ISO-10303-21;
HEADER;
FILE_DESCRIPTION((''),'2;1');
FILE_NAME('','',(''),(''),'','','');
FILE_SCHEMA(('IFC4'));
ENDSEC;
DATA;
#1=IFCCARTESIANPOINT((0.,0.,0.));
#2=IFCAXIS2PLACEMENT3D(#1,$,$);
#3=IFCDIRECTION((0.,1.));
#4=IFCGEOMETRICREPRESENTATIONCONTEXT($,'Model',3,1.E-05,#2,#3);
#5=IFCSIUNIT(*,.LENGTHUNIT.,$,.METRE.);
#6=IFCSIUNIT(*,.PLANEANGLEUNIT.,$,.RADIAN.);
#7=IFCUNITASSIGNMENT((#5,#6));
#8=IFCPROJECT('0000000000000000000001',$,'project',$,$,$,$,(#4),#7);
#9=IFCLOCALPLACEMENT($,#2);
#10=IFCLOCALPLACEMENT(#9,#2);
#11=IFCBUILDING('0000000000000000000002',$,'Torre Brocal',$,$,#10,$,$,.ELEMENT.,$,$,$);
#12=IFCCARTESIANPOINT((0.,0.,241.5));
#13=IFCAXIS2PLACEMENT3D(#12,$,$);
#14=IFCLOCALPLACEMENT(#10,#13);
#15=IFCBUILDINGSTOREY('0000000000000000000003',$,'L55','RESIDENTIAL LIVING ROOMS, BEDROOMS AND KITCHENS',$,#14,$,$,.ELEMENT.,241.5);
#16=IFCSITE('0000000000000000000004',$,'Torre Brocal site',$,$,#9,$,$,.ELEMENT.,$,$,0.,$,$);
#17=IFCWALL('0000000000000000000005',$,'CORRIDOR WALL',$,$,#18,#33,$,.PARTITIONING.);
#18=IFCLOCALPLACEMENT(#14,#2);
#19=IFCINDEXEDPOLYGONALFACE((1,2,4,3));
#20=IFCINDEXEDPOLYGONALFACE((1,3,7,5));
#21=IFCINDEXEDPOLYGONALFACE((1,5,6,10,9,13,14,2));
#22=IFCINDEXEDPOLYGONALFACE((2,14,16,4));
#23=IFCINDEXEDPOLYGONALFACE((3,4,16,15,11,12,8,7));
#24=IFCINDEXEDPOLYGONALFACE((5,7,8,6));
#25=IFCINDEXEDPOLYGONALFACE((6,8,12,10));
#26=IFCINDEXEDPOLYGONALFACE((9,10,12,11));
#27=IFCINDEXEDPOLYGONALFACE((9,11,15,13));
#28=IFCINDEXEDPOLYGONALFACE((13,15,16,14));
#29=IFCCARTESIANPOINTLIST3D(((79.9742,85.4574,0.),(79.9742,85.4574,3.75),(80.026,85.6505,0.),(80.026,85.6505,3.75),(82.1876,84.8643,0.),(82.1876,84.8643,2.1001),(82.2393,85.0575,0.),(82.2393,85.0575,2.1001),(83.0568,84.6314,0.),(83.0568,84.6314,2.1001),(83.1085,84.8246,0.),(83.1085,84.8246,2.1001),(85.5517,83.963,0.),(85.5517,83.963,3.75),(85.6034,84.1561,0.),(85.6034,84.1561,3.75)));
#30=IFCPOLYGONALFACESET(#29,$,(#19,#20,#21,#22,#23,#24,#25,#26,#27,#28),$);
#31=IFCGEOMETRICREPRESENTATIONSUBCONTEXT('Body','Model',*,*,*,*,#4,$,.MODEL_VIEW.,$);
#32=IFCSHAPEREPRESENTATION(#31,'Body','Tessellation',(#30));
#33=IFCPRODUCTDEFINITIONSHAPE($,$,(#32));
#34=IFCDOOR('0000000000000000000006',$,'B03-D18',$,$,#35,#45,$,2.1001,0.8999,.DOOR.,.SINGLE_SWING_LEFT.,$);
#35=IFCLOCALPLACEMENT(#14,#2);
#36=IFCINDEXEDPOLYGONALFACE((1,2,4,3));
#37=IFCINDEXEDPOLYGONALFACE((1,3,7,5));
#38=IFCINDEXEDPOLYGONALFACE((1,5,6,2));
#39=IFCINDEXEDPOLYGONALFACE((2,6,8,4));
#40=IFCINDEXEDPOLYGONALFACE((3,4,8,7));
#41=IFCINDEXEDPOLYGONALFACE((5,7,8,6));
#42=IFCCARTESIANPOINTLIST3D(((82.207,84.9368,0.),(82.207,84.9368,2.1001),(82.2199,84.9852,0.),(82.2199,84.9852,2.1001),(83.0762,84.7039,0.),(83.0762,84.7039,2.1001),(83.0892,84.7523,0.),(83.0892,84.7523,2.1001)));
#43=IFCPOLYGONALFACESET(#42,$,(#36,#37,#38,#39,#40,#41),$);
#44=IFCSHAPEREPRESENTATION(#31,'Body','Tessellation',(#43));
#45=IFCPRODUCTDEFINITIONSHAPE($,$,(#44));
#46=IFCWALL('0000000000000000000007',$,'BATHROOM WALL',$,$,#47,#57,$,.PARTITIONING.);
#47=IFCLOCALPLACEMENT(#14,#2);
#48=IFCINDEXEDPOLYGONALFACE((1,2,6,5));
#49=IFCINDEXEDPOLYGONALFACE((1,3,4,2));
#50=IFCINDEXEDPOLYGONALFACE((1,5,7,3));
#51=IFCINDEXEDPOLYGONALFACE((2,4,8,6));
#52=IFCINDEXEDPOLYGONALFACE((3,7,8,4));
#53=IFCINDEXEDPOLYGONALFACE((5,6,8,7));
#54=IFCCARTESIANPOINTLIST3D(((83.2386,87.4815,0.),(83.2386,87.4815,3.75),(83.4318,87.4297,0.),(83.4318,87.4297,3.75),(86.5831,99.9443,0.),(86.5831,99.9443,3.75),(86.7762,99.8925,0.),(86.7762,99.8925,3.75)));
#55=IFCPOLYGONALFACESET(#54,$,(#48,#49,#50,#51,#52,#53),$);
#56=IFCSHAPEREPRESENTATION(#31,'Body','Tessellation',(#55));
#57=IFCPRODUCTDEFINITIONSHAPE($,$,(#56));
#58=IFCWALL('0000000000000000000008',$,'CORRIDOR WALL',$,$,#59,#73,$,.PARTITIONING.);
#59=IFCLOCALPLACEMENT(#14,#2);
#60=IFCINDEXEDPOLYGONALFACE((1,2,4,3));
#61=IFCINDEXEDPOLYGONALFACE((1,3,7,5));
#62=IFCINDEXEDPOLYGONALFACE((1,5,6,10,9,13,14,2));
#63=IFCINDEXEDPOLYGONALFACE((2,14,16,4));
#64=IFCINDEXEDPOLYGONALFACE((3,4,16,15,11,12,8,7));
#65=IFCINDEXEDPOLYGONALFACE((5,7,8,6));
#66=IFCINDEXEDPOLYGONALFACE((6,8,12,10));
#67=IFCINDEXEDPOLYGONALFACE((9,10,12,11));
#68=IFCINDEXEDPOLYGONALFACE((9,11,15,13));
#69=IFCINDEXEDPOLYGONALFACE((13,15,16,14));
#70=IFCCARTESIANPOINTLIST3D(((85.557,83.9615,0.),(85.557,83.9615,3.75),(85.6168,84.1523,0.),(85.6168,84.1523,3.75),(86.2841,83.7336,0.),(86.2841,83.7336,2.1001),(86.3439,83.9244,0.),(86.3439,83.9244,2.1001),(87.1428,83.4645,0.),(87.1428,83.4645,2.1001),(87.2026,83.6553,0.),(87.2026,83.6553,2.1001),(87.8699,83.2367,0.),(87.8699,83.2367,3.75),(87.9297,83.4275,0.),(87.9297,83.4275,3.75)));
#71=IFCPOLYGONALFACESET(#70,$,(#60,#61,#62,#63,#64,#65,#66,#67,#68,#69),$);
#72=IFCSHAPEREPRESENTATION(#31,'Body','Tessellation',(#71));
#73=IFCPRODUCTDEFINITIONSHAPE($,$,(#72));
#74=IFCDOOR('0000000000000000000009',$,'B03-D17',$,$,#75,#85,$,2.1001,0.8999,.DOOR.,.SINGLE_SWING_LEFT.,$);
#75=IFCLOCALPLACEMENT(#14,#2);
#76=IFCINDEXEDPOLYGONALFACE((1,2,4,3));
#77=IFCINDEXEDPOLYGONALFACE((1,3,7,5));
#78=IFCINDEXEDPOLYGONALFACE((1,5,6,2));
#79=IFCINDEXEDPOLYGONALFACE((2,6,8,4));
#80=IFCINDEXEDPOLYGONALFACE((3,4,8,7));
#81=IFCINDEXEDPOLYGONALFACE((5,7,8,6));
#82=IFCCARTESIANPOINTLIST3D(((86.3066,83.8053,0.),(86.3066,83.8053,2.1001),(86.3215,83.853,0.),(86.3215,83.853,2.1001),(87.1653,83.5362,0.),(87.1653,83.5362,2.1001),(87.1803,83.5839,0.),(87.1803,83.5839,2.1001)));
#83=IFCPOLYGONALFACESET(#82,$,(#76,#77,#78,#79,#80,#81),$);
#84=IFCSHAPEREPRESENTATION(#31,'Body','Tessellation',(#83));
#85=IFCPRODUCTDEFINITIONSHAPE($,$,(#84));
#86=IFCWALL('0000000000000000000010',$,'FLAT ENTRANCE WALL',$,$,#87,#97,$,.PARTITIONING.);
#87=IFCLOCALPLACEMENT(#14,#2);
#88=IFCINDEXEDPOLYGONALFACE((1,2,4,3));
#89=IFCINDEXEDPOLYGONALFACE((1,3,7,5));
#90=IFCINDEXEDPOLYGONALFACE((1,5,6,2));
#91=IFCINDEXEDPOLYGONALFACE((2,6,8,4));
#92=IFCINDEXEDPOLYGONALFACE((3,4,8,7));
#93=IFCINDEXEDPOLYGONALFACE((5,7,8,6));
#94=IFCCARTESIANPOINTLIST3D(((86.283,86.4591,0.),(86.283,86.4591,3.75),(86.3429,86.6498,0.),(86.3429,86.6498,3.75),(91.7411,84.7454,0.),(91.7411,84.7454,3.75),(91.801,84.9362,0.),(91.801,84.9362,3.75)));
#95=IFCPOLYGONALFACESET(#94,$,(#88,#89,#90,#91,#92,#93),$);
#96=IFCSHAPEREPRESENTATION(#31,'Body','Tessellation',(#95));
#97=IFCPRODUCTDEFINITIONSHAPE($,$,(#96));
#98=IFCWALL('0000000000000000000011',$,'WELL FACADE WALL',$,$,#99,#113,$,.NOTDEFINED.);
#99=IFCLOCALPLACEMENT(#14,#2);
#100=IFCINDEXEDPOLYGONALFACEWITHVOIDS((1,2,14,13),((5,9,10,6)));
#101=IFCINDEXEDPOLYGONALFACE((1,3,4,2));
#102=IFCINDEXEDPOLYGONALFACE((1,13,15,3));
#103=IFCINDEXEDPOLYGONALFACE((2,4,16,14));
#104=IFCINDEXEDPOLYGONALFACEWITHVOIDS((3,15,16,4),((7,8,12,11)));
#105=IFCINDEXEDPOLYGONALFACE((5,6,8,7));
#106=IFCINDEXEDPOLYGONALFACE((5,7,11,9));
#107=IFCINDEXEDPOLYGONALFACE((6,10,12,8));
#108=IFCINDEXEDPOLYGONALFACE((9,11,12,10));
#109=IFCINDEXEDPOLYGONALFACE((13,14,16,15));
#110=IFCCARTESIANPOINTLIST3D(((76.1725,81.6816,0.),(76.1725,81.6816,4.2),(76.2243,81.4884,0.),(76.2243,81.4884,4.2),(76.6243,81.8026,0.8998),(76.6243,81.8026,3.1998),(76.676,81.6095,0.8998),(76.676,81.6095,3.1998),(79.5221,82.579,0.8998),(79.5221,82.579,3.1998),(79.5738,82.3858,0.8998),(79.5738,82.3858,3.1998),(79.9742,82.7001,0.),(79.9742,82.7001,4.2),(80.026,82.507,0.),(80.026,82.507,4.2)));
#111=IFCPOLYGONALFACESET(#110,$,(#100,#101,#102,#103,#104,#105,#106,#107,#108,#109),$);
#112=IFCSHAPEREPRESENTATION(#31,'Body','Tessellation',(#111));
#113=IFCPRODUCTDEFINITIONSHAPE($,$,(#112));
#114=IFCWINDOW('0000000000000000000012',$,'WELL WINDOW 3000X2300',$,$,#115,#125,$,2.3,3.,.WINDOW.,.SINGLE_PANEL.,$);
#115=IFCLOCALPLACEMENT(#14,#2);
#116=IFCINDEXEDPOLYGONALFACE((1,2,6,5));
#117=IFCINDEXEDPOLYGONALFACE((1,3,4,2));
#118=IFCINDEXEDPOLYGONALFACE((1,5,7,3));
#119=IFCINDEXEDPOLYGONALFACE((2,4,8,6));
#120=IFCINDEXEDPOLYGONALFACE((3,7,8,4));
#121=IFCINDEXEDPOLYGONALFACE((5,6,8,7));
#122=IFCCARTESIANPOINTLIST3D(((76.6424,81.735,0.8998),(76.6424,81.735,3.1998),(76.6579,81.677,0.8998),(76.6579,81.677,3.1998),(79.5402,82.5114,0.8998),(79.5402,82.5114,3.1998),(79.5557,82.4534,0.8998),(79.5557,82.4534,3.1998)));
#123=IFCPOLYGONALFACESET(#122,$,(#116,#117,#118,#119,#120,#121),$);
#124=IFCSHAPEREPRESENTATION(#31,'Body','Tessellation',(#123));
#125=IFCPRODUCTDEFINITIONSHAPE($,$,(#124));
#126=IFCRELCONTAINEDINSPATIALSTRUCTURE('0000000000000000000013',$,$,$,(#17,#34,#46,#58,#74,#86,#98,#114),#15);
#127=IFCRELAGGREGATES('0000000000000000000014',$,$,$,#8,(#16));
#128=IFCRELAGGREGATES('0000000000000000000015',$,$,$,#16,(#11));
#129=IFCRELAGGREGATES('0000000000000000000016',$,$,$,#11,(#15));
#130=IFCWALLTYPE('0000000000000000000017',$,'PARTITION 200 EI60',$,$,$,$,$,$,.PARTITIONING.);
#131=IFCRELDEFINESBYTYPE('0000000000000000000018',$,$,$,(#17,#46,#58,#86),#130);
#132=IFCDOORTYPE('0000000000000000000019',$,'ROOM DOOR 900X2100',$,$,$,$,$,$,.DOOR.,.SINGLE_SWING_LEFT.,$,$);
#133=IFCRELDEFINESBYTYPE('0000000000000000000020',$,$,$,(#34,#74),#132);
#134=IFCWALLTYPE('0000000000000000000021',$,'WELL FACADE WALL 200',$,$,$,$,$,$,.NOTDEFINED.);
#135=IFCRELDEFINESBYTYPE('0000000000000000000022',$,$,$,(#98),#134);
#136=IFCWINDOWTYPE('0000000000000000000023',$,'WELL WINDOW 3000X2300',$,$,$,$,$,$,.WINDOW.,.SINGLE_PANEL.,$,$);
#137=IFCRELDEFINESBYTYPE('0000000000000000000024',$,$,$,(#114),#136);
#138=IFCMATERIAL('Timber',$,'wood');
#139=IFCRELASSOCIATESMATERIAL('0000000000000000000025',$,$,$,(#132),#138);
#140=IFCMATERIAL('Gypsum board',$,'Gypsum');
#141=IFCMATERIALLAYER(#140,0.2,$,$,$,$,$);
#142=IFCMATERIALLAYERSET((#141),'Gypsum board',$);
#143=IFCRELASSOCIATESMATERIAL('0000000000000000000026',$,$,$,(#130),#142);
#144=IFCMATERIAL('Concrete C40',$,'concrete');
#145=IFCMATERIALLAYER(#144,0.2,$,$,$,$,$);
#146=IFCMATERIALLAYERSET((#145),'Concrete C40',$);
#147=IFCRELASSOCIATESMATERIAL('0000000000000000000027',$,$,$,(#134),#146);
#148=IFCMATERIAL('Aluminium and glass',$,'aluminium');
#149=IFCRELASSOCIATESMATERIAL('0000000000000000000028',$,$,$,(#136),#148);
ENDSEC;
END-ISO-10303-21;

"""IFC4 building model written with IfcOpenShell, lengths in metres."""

from ifc_helpers import new_model, si_unit, direction, frame, frame_2d, origin, place, context, subcontext, project, spatial, rectangle, extrude, material, layer, layer_set, type_object, element, fill, save


model = new_model("IFC4")

# Units and contexts
model_context = context("Model", 3, precision=1e-05, world=origin(), true_north=direction((0.0, 1.0)))
body_context = subcontext(model_context, "Body", "Model", "MODEL_VIEW")
ifc_project = project(units=[si_unit("LENGTHUNIT", "METRE"), si_unit("PLANEANGLEUNIT", "RADIAN")], contexts=[model_context])

# Site, building, storey
site_placement = place(None, origin())
site = spatial("IfcSite", under=ifc_project, at=site_placement, Name="Torre Brocal site", CompositionType="ELEMENT", RefElevation=0.0)
building_placement = place(site_placement, origin())
building = spatial("IfcBuilding", under=site, at=building_placement, Name="Torre Brocal", CompositionType="ELEMENT")
storey_placement = place(building_placement, frame((0.0, 0.0, 241.5)))
storey = spatial("IfcBuildingStorey", under=building, at=storey_placement, Name="L55", Description="RESIDENTIAL LIVING ROOMS, BEDROOMS AND KITCHENS", CompositionType="ELEMENT", Elevation=241.5)

# Shared definitions
ifc_material_1 = material(Name="Timber", Category="wood")
door_type_1 = type_object("IfcDoorType", Name="ROOM DOOR 900X2100", OperationType="SINGLE_SWING_LEFT", PredefinedType="DOOR", material=ifc_material_1)

# Shared definitions
ifc_material_2 = material(Name="Gypsum board", Category="Gypsum")
ifc_layer_1 = layer(ifc_material_2, 0.2)
ifc_layer_set_1 = layer_set([ifc_layer_1], Name="Gypsum board")
wall_type_1 = type_object("IfcWallType", Name="PARTITION 200 EI60", PredefinedType="PARTITIONING", material=ifc_layer_set_1)

# Wall, opening, door
wall_1_placement = place(storey_placement, frame((80.0, 85.554, 0.0), z_axis=(0.0, 0.0, 1.0), x_axis=(0.965929, -0.258807, 0.0)))
wall_1 = element("IfcWall", 1, at=wall_1_placement, inside=storey, type_object=wall_type_1, Name="CORRIDOR WALL", PredefinedType="PARTITIONING", context=body_context, shape_type="SweptSolid", body=[
    extrude(rectangle(XDim=5.7742, YDim=0.2, at=frame_2d((2.8872, 0.0))), origin(), (0.0, 0.0, 1.0), 3.75),
])
opening_1_placement = place(wall_1_placement, frame((2.2915, 0.0, 0.0)))
opening_1 = element("IfcOpeningElement", 2, at=opening_1_placement, cuts=wall_1, PredefinedType="OPENING", context=body_context, shape_type="SweptSolid", body=[
    extrude(rectangle(XDim=0.8999, YDim=2.1001, at=frame_2d((0.45, 1.05))), frame((0.0, 0.1099, 0.0), z_axis=(0.0, -1.0, 0.0), x_axis=(1.0, 0.0, 0.0)), (0.0, 0.0, 1.0), 0.22),
])
door_1_placement = place(opening_1_placement, frame((0.8999, 0.0, 0.0), z_axis=(0.0, 0.0, 1.0), x_axis=(-1.0, 0.0, 0.0)))
door_1 = element("IfcDoor", 3, at=door_1_placement, inside=storey, type_object=door_type_1, Name="B03-D18", OperationType="SINGLE_SWING_LEFT", OverallHeight=2.1001, OverallWidth=0.8999, PredefinedType="DOOR", context=body_context, shape_type="SweptSolid", body=[
    extrude(rectangle(XDim=0.8999, YDim=2.1001, at=frame_2d((0.45, 1.05))), frame((0.0, 0.0249, 0.0), z_axis=(0.0, -1.0, 0.0), x_axis=(1.0, 0.0, 0.0)), (0.0, 0.0, 1.0), 0.05),
])
fill(opening_1, door_1)

# Wall
wall_2_placement = place(storey_placement, frame((83.3352, 87.4556, 0.0), z_axis=(0.0, 0.0, 1.0), x_axis=(0.259185, 0.965828, 0.0)))
element("IfcWall", 4, at=wall_2_placement, inside=storey, type_object=wall_type_1, Name="BATHROOM WALL", PredefinedType="PARTITIONING", context=body_context, shape_type="SweptSolid", body=[
    extrude(rectangle(XDim=12.9038, YDim=0.2, at=frame_2d((6.4519, 0.0))), origin(), (0.0, 0.0, 1.0), 3.75),
])

# Wall, opening, door
wall_3_placement = place(storey_placement, frame((85.5869, 84.0569, 0.0), z_axis=(0.0, 0.0, 1.0), x_axis=(0.95424, -0.299043, 0.0)))
wall_3 = element("IfcWall", 5, at=wall_3_placement, inside=storey, type_object=wall_type_1, Name="CORRIDOR WALL", PredefinedType="PARTITIONING", context=body_context, shape_type="SweptSolid", body=[
    extrude(rectangle(XDim=2.4238, YDim=0.2, at=frame_2d((1.2119, 0.0))), origin(), (0.0, 0.0, 1.0), 3.75),
])
opening_2_placement = place(wall_3_placement, frame((0.762, 0.0, 0.0)))
opening_2 = element("IfcOpeningElement", 6, at=opening_2_placement, cuts=wall_3, PredefinedType="OPENING", context=body_context, shape_type="SweptSolid", body=[
    extrude(rectangle(XDim=0.8999, YDim=2.1001, at=frame_2d((0.45, 1.05))), frame((0.0, 0.1099, 0.0), z_axis=(0.0, -1.0, 0.0), x_axis=(1.0, 0.0, 0.0)), (0.0, 0.0, 1.0), 0.22),
])
door_2_placement = place(opening_2_placement, frame((0.8999, 0.0, 0.0), z_axis=(0.0, 0.0, 1.0), x_axis=(-1.0, 0.0, 0.0)))
door_2 = element("IfcDoor", 7, at=door_2_placement, inside=storey, type_object=door_type_1, Name="B03-D17", OperationType="SINGLE_SWING_LEFT", OverallHeight=2.1001, OverallWidth=0.8999, PredefinedType="DOOR", context=body_context, shape_type="SweptSolid", body=[
    extrude(rectangle(XDim=0.8999, YDim=2.1001, at=frame_2d((0.45, 1.05))), frame((0.0, 0.0249, 0.0), z_axis=(0.0, -1.0, 0.0), x_axis=(1.0, 0.0, 0.0)), (0.0, 0.0, 1.0), 0.05),
])
fill(opening_2, door_2)

# Wall
wall_4_placement = place(storey_placement, frame((86.313, 86.5544, 0.0), z_axis=(0.0, 0.0, 1.0), x_axis=(0.954081, -0.299548, 0.0)))
element("IfcWall", 8, at=wall_4_placement, inside=storey, type_object=wall_type_1, Name="FLAT ENTRANCE WALL", PredefinedType="PARTITIONING", context=body_context, shape_type="SweptSolid", body=[
    extrude(rectangle(XDim=5.7207, YDim=0.2, at=frame_2d((2.8604, 0.0))), origin(), (0.0, 0.0, 1.0), 3.75),
])

# Wall, opening, window
ifc_material_3 = material(Name="Concrete C40", Category="concrete")
ifc_layer_2 = layer(ifc_material_3, 0.2)
ifc_layer_set_2 = layer_set([ifc_layer_2], Name="Concrete C40")
wall_type_2 = type_object("IfcWallType", Name="WELL FACADE WALL 200", PredefinedType="NOTDEFINED", material=ifc_layer_set_2)
wall_5_placement = place(storey_placement, frame((80.0, 82.6035, 0.0), z_axis=(0.0, 0.0, 1.0), x_axis=(-0.965934, -0.25879, 0.0)))
wall_5 = element("IfcWall", 9, at=wall_5_placement, inside=storey, type_object=wall_type_2, Name="WELL FACADE WALL", PredefinedType="NOTDEFINED", context=body_context, shape_type="SweptSolid", body=[
    extrude(rectangle(XDim=3.9358, YDim=0.2, at=frame_2d((1.9678, 0.0))), origin(), (0.0, 0.0, 1.0), 4.2),
])
opening_3_placement = place(wall_5_placement, frame((0.468, 0.0, 0.8999)))
opening_3 = element("IfcOpeningElement", 10, at=opening_3_placement, cuts=wall_5, PredefinedType="OPENING", context=body_context, shape_type="SweptSolid", body=[
    extrude(rectangle(XDim=3.0, YDim=2.3, at=frame_2d((1.5, 1.1499))), frame((0.0, 0.1099, 0.0), z_axis=(0.0, -1.0, 0.0), x_axis=(1.0, 0.0, 0.0)), (0.0, 0.0, 1.0), 0.22),
])
ifc_material_4 = material(Name="Aluminium and glass", Category="aluminium")
window_type = type_object("IfcWindowType", Name="WELL WINDOW 3000X2300", PartitioningType="SINGLE_PANEL", PredefinedType="WINDOW", material=ifc_material_4)
window_placement = place(opening_3_placement, origin())
window = element("IfcWindow", 11, at=window_placement, inside=storey, type_object=window_type, Name="WELL WINDOW 3000X2300", OverallHeight=2.3, OverallWidth=3.0, PartitioningType="SINGLE_PANEL", PredefinedType="WINDOW", context=body_context, shape_type="SweptSolid", body=[
    extrude(rectangle(XDim=3.0, YDim=2.3, at=frame_2d((1.5, 1.1499))), frame((0.0, 0.03, 0.0), z_axis=(0.0, -1.0, 0.0), x_axis=(1.0, 0.0, 0.0)), (0.0, 0.0, 1.0), 0.0601),
])
fill(opening_3, window)

save(model, "model.ifc")
